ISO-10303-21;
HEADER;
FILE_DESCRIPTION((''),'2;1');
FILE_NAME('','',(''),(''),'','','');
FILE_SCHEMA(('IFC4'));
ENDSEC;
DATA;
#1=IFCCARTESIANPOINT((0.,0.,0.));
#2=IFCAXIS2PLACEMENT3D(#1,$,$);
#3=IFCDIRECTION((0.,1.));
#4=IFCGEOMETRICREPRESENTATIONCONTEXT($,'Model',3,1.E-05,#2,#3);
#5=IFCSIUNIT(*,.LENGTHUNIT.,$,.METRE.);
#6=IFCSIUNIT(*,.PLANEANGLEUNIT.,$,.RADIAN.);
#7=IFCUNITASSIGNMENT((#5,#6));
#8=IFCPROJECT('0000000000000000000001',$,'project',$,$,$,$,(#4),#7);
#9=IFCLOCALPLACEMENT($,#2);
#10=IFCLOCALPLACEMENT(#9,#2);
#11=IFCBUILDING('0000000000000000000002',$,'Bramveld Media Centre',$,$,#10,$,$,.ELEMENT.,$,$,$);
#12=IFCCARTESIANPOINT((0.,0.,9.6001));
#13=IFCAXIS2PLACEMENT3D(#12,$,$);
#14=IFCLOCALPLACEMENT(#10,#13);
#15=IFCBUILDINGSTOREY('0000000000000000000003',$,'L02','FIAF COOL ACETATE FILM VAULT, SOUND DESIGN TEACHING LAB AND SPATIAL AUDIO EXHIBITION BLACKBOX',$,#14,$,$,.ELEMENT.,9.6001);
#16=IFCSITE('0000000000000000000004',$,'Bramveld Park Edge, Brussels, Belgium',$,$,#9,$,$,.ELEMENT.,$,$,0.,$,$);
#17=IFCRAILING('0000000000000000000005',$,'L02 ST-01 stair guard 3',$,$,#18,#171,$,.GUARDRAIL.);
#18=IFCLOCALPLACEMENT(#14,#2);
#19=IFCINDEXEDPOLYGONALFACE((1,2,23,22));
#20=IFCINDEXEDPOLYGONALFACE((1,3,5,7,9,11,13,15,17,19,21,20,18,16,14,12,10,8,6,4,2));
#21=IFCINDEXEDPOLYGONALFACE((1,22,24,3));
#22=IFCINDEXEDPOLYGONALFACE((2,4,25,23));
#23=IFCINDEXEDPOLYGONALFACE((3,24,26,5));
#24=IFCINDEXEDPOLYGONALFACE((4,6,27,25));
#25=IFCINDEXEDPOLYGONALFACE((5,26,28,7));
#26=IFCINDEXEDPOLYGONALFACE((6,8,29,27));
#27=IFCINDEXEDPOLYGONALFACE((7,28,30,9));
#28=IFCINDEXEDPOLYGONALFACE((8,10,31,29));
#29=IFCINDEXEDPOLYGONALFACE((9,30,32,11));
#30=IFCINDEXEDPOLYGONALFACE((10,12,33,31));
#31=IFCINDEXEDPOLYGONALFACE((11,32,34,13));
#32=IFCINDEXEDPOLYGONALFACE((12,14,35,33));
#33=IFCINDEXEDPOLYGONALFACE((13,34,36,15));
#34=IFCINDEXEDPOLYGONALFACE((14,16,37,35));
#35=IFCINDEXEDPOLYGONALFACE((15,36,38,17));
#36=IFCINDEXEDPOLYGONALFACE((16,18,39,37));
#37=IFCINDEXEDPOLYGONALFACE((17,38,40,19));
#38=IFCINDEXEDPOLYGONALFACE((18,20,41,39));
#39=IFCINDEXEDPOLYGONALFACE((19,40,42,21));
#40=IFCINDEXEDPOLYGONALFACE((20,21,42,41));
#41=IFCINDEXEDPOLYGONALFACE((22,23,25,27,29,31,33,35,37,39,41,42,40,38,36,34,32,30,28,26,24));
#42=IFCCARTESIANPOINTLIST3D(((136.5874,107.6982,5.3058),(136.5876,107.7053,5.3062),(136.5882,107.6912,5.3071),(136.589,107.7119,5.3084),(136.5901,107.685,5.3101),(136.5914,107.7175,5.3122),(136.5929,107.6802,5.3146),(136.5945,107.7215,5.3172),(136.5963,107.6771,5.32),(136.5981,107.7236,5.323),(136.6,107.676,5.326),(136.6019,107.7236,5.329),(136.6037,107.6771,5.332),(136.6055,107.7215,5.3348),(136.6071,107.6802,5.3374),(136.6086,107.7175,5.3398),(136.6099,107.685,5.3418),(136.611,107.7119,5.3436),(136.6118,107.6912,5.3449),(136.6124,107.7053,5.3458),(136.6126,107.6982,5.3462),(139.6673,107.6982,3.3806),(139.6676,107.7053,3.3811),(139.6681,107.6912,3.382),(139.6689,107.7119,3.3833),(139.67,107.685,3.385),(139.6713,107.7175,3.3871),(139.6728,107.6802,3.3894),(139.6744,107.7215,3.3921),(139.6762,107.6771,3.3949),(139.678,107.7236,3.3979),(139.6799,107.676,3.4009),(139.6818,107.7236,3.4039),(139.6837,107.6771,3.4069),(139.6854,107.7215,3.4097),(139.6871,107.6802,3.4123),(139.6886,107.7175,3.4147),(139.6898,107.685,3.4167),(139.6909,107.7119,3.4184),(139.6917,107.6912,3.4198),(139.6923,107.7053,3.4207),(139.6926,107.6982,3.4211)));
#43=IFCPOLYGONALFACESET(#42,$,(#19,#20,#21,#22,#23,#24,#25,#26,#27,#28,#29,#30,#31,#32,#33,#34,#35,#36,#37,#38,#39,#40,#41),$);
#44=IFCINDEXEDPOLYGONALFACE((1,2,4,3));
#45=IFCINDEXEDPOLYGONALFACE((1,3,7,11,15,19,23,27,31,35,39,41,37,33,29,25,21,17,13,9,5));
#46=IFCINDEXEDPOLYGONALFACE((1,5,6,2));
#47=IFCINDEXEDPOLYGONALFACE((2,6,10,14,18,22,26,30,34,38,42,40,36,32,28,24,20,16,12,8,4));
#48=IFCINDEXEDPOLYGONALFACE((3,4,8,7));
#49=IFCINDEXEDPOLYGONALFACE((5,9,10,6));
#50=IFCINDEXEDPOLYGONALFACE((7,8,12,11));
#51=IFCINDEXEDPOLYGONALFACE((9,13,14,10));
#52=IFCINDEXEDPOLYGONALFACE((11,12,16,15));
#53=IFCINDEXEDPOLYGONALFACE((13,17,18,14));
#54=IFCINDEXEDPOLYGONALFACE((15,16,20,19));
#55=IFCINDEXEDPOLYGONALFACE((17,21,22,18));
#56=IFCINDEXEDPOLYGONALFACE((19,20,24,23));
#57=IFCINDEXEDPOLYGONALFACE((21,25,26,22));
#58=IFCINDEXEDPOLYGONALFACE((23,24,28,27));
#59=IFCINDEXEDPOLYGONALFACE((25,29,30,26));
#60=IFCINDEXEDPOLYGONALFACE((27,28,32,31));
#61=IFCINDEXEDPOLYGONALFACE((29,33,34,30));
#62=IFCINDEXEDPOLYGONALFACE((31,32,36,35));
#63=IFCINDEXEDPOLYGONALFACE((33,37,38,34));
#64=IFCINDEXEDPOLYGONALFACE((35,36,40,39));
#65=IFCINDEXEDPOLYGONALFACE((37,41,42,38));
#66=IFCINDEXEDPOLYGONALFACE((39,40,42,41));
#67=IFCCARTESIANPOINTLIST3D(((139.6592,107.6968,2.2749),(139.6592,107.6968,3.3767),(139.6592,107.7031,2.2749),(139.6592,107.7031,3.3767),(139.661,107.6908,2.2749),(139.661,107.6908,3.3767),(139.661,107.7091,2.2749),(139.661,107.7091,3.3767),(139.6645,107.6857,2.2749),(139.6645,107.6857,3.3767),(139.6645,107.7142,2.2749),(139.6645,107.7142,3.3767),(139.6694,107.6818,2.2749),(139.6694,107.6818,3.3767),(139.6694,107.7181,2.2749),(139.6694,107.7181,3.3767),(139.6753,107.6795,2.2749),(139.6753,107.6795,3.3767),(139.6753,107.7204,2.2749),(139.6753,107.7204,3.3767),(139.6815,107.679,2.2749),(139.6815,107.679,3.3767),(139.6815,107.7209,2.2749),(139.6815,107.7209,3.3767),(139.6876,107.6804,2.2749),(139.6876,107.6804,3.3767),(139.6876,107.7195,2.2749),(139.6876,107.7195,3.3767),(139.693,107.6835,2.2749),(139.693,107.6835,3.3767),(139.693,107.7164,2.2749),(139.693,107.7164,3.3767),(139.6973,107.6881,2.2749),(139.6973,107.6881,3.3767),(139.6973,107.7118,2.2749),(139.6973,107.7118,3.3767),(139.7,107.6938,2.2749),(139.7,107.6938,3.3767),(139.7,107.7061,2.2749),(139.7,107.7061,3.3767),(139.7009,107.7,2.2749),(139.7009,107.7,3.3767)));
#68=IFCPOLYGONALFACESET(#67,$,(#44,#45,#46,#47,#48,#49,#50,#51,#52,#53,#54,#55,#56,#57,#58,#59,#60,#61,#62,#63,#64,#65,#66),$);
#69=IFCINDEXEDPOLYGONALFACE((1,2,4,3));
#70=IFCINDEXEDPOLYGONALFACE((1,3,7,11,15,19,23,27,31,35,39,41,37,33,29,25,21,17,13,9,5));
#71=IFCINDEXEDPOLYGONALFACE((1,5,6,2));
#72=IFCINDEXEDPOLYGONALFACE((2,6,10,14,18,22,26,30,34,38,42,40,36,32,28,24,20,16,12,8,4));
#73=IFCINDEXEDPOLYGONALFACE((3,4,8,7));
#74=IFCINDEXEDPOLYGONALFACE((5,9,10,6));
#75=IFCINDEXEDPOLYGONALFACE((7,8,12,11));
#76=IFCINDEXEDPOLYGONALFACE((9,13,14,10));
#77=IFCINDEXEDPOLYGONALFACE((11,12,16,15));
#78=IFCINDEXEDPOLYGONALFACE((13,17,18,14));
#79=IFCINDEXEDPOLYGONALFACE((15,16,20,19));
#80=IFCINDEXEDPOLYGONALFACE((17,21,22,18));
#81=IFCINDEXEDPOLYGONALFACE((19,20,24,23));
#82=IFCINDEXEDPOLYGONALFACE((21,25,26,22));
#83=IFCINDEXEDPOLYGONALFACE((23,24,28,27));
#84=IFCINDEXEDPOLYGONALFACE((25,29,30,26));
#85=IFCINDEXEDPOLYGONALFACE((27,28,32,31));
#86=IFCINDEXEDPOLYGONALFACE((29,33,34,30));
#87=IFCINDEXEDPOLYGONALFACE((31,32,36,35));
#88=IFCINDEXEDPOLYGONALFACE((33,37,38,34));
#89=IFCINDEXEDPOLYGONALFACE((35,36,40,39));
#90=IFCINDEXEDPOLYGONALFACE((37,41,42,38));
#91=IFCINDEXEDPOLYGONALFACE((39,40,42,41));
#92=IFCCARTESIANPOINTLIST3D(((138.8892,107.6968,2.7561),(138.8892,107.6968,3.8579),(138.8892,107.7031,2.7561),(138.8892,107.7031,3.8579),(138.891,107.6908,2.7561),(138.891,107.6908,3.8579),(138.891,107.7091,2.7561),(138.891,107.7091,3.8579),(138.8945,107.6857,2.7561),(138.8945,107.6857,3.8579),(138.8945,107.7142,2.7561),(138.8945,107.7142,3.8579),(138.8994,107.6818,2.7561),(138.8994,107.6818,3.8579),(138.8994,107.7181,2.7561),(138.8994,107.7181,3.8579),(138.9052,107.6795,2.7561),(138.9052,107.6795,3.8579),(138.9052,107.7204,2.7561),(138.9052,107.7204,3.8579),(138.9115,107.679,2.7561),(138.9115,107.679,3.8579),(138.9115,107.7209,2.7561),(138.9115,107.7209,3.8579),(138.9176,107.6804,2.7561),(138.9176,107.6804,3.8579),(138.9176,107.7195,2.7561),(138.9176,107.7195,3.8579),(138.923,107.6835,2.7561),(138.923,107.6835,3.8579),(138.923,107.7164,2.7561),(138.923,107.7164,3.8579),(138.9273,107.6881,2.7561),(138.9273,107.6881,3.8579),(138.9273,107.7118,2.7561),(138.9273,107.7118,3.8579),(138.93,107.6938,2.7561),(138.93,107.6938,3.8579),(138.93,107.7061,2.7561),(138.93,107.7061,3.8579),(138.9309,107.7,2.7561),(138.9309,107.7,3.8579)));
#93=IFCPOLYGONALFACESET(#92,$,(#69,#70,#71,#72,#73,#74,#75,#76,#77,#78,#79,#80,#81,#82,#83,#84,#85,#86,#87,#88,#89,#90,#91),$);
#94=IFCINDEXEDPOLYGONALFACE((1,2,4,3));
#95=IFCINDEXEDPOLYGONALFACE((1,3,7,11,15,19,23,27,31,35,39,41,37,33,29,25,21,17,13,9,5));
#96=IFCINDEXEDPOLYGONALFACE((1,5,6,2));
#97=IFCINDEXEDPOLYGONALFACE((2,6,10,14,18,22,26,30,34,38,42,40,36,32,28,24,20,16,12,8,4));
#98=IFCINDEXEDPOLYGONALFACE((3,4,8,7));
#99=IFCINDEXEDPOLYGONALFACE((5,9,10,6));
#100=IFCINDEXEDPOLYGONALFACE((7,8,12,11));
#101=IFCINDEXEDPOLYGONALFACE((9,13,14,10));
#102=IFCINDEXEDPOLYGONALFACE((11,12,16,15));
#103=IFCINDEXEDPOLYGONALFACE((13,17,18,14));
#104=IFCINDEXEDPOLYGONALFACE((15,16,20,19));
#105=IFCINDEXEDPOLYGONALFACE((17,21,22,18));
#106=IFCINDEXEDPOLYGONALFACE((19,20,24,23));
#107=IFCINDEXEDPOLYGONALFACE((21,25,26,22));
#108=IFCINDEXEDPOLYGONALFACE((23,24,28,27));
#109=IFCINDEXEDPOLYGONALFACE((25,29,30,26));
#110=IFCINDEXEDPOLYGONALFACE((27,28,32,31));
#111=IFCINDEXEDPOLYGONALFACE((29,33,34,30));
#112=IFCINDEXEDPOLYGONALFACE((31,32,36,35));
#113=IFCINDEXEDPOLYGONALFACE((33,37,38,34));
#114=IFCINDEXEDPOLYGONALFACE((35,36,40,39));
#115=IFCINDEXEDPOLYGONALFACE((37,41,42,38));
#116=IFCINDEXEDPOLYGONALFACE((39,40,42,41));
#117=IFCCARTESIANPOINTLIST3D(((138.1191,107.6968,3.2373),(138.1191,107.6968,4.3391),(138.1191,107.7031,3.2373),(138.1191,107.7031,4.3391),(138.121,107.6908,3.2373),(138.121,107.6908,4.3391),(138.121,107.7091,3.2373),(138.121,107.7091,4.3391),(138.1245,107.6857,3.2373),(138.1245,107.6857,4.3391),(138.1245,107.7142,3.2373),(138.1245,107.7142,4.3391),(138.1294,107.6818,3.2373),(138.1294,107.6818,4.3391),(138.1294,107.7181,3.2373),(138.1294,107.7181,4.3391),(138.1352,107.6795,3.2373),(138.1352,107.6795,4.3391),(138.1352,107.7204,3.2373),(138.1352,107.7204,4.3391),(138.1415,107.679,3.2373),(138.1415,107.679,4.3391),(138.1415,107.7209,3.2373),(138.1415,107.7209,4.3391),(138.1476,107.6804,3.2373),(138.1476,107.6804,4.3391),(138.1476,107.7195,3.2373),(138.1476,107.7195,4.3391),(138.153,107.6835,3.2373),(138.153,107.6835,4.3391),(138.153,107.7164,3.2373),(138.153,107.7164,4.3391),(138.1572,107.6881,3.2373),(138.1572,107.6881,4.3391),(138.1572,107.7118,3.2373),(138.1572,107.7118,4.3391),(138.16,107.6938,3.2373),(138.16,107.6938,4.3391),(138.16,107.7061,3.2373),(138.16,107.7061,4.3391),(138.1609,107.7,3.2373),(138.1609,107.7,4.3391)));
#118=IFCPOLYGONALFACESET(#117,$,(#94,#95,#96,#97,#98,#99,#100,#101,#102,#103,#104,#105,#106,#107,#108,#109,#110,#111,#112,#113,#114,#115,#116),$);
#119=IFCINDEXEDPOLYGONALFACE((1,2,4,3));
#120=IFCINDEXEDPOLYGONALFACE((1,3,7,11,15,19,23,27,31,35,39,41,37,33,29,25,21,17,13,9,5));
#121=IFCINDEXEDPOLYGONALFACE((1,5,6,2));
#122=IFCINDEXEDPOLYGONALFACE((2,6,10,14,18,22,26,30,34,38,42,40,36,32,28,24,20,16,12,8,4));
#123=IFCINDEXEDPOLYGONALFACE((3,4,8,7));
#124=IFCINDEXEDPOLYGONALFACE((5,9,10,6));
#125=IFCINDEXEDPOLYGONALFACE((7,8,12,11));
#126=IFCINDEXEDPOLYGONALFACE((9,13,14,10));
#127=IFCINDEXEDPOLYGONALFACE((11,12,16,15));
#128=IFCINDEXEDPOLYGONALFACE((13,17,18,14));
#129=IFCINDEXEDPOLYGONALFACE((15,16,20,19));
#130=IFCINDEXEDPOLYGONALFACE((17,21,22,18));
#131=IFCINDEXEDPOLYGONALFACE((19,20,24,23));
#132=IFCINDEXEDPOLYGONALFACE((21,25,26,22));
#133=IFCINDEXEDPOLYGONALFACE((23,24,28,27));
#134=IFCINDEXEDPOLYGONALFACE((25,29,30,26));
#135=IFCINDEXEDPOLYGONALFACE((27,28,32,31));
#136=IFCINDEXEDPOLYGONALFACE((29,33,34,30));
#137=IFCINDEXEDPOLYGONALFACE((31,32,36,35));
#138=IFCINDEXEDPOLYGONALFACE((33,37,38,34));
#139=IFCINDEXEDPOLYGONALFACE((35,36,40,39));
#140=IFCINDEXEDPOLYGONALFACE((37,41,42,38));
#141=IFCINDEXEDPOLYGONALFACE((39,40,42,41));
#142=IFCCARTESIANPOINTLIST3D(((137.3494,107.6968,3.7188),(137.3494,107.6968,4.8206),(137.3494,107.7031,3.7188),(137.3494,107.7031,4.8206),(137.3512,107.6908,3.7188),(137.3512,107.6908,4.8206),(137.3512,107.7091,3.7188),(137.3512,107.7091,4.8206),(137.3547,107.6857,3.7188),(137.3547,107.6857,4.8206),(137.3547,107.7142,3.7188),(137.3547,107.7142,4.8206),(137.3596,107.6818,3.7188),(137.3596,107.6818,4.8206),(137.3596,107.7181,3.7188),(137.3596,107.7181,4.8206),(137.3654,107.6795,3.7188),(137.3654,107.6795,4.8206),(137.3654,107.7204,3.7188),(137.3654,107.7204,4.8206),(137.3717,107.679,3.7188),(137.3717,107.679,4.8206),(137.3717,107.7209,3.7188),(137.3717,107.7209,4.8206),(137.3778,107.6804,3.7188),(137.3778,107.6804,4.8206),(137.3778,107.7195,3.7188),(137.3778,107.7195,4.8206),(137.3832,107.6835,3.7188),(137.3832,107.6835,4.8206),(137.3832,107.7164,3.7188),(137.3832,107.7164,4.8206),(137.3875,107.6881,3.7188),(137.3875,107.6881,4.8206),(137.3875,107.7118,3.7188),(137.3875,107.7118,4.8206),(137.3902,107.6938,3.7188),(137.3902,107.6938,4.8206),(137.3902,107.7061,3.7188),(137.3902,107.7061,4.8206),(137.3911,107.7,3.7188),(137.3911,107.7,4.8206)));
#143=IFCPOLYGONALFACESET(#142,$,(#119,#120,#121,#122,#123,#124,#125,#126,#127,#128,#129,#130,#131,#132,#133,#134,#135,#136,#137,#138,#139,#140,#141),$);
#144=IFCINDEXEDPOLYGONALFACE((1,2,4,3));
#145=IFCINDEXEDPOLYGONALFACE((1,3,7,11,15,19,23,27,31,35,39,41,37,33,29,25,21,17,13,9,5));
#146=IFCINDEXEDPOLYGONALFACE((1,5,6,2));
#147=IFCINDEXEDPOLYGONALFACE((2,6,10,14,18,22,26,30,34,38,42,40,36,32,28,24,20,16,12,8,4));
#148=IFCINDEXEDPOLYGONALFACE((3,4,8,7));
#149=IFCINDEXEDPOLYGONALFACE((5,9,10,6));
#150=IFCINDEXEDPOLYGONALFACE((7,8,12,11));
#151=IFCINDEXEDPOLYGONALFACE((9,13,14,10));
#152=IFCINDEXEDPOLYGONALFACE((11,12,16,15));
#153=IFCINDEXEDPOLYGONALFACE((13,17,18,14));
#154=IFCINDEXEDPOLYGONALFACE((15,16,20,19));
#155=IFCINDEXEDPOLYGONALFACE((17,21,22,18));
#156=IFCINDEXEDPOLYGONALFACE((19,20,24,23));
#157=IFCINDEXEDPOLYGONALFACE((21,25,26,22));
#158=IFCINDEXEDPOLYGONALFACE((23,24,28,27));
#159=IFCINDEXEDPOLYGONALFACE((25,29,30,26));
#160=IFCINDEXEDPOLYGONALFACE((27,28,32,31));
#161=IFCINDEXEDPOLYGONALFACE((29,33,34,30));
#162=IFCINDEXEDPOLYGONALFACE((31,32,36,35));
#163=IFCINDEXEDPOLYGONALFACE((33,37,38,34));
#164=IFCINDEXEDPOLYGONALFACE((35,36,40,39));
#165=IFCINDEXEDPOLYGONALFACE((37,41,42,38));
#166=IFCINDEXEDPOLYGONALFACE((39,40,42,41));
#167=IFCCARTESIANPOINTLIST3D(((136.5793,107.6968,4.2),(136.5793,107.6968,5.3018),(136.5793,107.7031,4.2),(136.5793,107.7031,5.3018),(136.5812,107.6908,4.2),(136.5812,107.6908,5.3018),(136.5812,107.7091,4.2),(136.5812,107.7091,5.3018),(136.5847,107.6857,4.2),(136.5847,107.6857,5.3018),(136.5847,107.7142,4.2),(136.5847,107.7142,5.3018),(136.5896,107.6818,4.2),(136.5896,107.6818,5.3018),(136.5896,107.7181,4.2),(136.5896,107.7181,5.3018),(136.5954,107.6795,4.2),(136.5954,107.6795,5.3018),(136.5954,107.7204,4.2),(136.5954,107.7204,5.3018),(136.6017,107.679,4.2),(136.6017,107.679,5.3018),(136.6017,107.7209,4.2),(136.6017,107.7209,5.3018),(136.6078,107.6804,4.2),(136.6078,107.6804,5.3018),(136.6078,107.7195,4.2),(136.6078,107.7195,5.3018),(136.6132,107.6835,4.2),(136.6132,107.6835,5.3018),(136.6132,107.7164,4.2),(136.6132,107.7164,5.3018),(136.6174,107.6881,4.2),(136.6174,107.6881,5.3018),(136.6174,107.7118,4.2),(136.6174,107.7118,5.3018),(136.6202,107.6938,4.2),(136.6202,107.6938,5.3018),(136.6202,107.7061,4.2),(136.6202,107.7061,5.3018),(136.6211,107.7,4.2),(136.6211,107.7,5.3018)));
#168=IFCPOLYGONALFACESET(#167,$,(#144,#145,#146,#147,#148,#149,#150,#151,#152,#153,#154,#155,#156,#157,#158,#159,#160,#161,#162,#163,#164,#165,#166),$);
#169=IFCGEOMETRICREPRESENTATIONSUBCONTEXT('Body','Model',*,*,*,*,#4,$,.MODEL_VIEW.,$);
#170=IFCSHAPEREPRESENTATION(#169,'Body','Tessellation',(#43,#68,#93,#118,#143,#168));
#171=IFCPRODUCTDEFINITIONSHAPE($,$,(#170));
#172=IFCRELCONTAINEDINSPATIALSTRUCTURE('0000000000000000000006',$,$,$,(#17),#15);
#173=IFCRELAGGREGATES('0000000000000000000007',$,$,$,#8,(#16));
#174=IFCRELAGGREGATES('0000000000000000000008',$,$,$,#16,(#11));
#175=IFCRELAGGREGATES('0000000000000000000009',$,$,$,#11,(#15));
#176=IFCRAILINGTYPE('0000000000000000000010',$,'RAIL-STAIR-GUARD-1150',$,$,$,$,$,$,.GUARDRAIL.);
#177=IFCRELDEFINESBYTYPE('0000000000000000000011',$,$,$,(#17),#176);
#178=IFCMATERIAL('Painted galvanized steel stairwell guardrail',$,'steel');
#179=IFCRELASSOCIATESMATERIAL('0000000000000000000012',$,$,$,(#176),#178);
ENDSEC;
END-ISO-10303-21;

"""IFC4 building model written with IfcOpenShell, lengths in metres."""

from ifc_helpers import new_model, si_unit, direction, frame, origin, origin_2d, place, context, subcontext, project, spatial, circle, extrude, material, type_object, element, save


model = new_model("IFC4")

# Units and contexts
model_context = context("Model", 3, precision=1e-05, world=origin(), true_north=direction((0.0, 1.0)))
body_context = subcontext(model_context, "Body", "Model", "MODEL_VIEW")
ifc_project = project(units=[si_unit("LENGTHUNIT", "METRE"), si_unit("PLANEANGLEUNIT", "RADIAN")], contexts=[model_context])

# Site, building, storey
site_placement = place(None, origin())
site = spatial("IfcSite", under=ifc_project, at=site_placement, Name="Bramveld Park Edge, Brussels, Belgium", CompositionType="ELEMENT", RefElevation=0.0)
building_placement = place(site_placement, origin())
building = spatial("IfcBuilding", under=site, at=building_placement, Name="Bramveld Media Centre", CompositionType="ELEMENT")
storey_placement = place(building_placement, frame((0.0, 0.0, 9.6001)))
storey = spatial("IfcBuildingStorey", under=building, at=storey_placement, Name="L02", Description="FIAF COOL ACETATE FILM VAULT, SOUND DESIGN TEACHING LAB AND SPATIAL AUDIO EXHIBITION BLACKBOX", CompositionType="ELEMENT", Elevation=9.6001)

# Railing
ifc_material_1 = material(Name="Painted galvanized steel stairwell guardrail", Category="steel")
railing_type_1 = type_object("IfcRailingType", Name="RAIL-STAIR-GUARD-1150", PredefinedType="GUARDRAIL", material=ifc_material_1)
railing_1_placement = place(storey_placement, frame((139.6799, 107.7, 2.2749)))
element("IfcRailing", 1, at=railing_1_placement, inside=storey, type_object=railing_type_1, Name="L02 ST-01 stair guard 3", PredefinedType="GUARDRAIL", context=body_context, shape_type="SweptSolid", body=[
    extrude(circle(Radius=0.0239, at=origin_2d()), frame((0.0, 0.0, 1.126), z_axis=(-0.847979, 0.0, 0.530029), x_axis=(0.0, -1.0, 0.0)), (0.0, 0.0, 1.0), 3.6321),
    extrude(circle(Radius=0.021, at=origin_2d()), origin(), (0.0, 0.0, 1.0), 1.1018),
    extrude(circle(Radius=0.021, at=origin_2d()), frame((-0.77, 0.0, 0.4812)), (0.0, 0.0, 1.0), 1.1018),
    extrude(circle(Radius=0.021, at=origin_2d()), frame((-1.54, 0.0, 0.9624)), (0.0, 0.0, 1.0), 1.1018),
    extrude(circle(Radius=0.021, at=origin_2d()), frame((-2.3098, 0.0, 1.4438)), (0.0, 0.0, 1.0), 1.1018),
    extrude(circle(Radius=0.021, at=origin_2d()), frame((-3.0798, 0.0, 1.925)), (0.0, 0.0, 1.0), 1.1018),
])

save(model, "model.ifc")
